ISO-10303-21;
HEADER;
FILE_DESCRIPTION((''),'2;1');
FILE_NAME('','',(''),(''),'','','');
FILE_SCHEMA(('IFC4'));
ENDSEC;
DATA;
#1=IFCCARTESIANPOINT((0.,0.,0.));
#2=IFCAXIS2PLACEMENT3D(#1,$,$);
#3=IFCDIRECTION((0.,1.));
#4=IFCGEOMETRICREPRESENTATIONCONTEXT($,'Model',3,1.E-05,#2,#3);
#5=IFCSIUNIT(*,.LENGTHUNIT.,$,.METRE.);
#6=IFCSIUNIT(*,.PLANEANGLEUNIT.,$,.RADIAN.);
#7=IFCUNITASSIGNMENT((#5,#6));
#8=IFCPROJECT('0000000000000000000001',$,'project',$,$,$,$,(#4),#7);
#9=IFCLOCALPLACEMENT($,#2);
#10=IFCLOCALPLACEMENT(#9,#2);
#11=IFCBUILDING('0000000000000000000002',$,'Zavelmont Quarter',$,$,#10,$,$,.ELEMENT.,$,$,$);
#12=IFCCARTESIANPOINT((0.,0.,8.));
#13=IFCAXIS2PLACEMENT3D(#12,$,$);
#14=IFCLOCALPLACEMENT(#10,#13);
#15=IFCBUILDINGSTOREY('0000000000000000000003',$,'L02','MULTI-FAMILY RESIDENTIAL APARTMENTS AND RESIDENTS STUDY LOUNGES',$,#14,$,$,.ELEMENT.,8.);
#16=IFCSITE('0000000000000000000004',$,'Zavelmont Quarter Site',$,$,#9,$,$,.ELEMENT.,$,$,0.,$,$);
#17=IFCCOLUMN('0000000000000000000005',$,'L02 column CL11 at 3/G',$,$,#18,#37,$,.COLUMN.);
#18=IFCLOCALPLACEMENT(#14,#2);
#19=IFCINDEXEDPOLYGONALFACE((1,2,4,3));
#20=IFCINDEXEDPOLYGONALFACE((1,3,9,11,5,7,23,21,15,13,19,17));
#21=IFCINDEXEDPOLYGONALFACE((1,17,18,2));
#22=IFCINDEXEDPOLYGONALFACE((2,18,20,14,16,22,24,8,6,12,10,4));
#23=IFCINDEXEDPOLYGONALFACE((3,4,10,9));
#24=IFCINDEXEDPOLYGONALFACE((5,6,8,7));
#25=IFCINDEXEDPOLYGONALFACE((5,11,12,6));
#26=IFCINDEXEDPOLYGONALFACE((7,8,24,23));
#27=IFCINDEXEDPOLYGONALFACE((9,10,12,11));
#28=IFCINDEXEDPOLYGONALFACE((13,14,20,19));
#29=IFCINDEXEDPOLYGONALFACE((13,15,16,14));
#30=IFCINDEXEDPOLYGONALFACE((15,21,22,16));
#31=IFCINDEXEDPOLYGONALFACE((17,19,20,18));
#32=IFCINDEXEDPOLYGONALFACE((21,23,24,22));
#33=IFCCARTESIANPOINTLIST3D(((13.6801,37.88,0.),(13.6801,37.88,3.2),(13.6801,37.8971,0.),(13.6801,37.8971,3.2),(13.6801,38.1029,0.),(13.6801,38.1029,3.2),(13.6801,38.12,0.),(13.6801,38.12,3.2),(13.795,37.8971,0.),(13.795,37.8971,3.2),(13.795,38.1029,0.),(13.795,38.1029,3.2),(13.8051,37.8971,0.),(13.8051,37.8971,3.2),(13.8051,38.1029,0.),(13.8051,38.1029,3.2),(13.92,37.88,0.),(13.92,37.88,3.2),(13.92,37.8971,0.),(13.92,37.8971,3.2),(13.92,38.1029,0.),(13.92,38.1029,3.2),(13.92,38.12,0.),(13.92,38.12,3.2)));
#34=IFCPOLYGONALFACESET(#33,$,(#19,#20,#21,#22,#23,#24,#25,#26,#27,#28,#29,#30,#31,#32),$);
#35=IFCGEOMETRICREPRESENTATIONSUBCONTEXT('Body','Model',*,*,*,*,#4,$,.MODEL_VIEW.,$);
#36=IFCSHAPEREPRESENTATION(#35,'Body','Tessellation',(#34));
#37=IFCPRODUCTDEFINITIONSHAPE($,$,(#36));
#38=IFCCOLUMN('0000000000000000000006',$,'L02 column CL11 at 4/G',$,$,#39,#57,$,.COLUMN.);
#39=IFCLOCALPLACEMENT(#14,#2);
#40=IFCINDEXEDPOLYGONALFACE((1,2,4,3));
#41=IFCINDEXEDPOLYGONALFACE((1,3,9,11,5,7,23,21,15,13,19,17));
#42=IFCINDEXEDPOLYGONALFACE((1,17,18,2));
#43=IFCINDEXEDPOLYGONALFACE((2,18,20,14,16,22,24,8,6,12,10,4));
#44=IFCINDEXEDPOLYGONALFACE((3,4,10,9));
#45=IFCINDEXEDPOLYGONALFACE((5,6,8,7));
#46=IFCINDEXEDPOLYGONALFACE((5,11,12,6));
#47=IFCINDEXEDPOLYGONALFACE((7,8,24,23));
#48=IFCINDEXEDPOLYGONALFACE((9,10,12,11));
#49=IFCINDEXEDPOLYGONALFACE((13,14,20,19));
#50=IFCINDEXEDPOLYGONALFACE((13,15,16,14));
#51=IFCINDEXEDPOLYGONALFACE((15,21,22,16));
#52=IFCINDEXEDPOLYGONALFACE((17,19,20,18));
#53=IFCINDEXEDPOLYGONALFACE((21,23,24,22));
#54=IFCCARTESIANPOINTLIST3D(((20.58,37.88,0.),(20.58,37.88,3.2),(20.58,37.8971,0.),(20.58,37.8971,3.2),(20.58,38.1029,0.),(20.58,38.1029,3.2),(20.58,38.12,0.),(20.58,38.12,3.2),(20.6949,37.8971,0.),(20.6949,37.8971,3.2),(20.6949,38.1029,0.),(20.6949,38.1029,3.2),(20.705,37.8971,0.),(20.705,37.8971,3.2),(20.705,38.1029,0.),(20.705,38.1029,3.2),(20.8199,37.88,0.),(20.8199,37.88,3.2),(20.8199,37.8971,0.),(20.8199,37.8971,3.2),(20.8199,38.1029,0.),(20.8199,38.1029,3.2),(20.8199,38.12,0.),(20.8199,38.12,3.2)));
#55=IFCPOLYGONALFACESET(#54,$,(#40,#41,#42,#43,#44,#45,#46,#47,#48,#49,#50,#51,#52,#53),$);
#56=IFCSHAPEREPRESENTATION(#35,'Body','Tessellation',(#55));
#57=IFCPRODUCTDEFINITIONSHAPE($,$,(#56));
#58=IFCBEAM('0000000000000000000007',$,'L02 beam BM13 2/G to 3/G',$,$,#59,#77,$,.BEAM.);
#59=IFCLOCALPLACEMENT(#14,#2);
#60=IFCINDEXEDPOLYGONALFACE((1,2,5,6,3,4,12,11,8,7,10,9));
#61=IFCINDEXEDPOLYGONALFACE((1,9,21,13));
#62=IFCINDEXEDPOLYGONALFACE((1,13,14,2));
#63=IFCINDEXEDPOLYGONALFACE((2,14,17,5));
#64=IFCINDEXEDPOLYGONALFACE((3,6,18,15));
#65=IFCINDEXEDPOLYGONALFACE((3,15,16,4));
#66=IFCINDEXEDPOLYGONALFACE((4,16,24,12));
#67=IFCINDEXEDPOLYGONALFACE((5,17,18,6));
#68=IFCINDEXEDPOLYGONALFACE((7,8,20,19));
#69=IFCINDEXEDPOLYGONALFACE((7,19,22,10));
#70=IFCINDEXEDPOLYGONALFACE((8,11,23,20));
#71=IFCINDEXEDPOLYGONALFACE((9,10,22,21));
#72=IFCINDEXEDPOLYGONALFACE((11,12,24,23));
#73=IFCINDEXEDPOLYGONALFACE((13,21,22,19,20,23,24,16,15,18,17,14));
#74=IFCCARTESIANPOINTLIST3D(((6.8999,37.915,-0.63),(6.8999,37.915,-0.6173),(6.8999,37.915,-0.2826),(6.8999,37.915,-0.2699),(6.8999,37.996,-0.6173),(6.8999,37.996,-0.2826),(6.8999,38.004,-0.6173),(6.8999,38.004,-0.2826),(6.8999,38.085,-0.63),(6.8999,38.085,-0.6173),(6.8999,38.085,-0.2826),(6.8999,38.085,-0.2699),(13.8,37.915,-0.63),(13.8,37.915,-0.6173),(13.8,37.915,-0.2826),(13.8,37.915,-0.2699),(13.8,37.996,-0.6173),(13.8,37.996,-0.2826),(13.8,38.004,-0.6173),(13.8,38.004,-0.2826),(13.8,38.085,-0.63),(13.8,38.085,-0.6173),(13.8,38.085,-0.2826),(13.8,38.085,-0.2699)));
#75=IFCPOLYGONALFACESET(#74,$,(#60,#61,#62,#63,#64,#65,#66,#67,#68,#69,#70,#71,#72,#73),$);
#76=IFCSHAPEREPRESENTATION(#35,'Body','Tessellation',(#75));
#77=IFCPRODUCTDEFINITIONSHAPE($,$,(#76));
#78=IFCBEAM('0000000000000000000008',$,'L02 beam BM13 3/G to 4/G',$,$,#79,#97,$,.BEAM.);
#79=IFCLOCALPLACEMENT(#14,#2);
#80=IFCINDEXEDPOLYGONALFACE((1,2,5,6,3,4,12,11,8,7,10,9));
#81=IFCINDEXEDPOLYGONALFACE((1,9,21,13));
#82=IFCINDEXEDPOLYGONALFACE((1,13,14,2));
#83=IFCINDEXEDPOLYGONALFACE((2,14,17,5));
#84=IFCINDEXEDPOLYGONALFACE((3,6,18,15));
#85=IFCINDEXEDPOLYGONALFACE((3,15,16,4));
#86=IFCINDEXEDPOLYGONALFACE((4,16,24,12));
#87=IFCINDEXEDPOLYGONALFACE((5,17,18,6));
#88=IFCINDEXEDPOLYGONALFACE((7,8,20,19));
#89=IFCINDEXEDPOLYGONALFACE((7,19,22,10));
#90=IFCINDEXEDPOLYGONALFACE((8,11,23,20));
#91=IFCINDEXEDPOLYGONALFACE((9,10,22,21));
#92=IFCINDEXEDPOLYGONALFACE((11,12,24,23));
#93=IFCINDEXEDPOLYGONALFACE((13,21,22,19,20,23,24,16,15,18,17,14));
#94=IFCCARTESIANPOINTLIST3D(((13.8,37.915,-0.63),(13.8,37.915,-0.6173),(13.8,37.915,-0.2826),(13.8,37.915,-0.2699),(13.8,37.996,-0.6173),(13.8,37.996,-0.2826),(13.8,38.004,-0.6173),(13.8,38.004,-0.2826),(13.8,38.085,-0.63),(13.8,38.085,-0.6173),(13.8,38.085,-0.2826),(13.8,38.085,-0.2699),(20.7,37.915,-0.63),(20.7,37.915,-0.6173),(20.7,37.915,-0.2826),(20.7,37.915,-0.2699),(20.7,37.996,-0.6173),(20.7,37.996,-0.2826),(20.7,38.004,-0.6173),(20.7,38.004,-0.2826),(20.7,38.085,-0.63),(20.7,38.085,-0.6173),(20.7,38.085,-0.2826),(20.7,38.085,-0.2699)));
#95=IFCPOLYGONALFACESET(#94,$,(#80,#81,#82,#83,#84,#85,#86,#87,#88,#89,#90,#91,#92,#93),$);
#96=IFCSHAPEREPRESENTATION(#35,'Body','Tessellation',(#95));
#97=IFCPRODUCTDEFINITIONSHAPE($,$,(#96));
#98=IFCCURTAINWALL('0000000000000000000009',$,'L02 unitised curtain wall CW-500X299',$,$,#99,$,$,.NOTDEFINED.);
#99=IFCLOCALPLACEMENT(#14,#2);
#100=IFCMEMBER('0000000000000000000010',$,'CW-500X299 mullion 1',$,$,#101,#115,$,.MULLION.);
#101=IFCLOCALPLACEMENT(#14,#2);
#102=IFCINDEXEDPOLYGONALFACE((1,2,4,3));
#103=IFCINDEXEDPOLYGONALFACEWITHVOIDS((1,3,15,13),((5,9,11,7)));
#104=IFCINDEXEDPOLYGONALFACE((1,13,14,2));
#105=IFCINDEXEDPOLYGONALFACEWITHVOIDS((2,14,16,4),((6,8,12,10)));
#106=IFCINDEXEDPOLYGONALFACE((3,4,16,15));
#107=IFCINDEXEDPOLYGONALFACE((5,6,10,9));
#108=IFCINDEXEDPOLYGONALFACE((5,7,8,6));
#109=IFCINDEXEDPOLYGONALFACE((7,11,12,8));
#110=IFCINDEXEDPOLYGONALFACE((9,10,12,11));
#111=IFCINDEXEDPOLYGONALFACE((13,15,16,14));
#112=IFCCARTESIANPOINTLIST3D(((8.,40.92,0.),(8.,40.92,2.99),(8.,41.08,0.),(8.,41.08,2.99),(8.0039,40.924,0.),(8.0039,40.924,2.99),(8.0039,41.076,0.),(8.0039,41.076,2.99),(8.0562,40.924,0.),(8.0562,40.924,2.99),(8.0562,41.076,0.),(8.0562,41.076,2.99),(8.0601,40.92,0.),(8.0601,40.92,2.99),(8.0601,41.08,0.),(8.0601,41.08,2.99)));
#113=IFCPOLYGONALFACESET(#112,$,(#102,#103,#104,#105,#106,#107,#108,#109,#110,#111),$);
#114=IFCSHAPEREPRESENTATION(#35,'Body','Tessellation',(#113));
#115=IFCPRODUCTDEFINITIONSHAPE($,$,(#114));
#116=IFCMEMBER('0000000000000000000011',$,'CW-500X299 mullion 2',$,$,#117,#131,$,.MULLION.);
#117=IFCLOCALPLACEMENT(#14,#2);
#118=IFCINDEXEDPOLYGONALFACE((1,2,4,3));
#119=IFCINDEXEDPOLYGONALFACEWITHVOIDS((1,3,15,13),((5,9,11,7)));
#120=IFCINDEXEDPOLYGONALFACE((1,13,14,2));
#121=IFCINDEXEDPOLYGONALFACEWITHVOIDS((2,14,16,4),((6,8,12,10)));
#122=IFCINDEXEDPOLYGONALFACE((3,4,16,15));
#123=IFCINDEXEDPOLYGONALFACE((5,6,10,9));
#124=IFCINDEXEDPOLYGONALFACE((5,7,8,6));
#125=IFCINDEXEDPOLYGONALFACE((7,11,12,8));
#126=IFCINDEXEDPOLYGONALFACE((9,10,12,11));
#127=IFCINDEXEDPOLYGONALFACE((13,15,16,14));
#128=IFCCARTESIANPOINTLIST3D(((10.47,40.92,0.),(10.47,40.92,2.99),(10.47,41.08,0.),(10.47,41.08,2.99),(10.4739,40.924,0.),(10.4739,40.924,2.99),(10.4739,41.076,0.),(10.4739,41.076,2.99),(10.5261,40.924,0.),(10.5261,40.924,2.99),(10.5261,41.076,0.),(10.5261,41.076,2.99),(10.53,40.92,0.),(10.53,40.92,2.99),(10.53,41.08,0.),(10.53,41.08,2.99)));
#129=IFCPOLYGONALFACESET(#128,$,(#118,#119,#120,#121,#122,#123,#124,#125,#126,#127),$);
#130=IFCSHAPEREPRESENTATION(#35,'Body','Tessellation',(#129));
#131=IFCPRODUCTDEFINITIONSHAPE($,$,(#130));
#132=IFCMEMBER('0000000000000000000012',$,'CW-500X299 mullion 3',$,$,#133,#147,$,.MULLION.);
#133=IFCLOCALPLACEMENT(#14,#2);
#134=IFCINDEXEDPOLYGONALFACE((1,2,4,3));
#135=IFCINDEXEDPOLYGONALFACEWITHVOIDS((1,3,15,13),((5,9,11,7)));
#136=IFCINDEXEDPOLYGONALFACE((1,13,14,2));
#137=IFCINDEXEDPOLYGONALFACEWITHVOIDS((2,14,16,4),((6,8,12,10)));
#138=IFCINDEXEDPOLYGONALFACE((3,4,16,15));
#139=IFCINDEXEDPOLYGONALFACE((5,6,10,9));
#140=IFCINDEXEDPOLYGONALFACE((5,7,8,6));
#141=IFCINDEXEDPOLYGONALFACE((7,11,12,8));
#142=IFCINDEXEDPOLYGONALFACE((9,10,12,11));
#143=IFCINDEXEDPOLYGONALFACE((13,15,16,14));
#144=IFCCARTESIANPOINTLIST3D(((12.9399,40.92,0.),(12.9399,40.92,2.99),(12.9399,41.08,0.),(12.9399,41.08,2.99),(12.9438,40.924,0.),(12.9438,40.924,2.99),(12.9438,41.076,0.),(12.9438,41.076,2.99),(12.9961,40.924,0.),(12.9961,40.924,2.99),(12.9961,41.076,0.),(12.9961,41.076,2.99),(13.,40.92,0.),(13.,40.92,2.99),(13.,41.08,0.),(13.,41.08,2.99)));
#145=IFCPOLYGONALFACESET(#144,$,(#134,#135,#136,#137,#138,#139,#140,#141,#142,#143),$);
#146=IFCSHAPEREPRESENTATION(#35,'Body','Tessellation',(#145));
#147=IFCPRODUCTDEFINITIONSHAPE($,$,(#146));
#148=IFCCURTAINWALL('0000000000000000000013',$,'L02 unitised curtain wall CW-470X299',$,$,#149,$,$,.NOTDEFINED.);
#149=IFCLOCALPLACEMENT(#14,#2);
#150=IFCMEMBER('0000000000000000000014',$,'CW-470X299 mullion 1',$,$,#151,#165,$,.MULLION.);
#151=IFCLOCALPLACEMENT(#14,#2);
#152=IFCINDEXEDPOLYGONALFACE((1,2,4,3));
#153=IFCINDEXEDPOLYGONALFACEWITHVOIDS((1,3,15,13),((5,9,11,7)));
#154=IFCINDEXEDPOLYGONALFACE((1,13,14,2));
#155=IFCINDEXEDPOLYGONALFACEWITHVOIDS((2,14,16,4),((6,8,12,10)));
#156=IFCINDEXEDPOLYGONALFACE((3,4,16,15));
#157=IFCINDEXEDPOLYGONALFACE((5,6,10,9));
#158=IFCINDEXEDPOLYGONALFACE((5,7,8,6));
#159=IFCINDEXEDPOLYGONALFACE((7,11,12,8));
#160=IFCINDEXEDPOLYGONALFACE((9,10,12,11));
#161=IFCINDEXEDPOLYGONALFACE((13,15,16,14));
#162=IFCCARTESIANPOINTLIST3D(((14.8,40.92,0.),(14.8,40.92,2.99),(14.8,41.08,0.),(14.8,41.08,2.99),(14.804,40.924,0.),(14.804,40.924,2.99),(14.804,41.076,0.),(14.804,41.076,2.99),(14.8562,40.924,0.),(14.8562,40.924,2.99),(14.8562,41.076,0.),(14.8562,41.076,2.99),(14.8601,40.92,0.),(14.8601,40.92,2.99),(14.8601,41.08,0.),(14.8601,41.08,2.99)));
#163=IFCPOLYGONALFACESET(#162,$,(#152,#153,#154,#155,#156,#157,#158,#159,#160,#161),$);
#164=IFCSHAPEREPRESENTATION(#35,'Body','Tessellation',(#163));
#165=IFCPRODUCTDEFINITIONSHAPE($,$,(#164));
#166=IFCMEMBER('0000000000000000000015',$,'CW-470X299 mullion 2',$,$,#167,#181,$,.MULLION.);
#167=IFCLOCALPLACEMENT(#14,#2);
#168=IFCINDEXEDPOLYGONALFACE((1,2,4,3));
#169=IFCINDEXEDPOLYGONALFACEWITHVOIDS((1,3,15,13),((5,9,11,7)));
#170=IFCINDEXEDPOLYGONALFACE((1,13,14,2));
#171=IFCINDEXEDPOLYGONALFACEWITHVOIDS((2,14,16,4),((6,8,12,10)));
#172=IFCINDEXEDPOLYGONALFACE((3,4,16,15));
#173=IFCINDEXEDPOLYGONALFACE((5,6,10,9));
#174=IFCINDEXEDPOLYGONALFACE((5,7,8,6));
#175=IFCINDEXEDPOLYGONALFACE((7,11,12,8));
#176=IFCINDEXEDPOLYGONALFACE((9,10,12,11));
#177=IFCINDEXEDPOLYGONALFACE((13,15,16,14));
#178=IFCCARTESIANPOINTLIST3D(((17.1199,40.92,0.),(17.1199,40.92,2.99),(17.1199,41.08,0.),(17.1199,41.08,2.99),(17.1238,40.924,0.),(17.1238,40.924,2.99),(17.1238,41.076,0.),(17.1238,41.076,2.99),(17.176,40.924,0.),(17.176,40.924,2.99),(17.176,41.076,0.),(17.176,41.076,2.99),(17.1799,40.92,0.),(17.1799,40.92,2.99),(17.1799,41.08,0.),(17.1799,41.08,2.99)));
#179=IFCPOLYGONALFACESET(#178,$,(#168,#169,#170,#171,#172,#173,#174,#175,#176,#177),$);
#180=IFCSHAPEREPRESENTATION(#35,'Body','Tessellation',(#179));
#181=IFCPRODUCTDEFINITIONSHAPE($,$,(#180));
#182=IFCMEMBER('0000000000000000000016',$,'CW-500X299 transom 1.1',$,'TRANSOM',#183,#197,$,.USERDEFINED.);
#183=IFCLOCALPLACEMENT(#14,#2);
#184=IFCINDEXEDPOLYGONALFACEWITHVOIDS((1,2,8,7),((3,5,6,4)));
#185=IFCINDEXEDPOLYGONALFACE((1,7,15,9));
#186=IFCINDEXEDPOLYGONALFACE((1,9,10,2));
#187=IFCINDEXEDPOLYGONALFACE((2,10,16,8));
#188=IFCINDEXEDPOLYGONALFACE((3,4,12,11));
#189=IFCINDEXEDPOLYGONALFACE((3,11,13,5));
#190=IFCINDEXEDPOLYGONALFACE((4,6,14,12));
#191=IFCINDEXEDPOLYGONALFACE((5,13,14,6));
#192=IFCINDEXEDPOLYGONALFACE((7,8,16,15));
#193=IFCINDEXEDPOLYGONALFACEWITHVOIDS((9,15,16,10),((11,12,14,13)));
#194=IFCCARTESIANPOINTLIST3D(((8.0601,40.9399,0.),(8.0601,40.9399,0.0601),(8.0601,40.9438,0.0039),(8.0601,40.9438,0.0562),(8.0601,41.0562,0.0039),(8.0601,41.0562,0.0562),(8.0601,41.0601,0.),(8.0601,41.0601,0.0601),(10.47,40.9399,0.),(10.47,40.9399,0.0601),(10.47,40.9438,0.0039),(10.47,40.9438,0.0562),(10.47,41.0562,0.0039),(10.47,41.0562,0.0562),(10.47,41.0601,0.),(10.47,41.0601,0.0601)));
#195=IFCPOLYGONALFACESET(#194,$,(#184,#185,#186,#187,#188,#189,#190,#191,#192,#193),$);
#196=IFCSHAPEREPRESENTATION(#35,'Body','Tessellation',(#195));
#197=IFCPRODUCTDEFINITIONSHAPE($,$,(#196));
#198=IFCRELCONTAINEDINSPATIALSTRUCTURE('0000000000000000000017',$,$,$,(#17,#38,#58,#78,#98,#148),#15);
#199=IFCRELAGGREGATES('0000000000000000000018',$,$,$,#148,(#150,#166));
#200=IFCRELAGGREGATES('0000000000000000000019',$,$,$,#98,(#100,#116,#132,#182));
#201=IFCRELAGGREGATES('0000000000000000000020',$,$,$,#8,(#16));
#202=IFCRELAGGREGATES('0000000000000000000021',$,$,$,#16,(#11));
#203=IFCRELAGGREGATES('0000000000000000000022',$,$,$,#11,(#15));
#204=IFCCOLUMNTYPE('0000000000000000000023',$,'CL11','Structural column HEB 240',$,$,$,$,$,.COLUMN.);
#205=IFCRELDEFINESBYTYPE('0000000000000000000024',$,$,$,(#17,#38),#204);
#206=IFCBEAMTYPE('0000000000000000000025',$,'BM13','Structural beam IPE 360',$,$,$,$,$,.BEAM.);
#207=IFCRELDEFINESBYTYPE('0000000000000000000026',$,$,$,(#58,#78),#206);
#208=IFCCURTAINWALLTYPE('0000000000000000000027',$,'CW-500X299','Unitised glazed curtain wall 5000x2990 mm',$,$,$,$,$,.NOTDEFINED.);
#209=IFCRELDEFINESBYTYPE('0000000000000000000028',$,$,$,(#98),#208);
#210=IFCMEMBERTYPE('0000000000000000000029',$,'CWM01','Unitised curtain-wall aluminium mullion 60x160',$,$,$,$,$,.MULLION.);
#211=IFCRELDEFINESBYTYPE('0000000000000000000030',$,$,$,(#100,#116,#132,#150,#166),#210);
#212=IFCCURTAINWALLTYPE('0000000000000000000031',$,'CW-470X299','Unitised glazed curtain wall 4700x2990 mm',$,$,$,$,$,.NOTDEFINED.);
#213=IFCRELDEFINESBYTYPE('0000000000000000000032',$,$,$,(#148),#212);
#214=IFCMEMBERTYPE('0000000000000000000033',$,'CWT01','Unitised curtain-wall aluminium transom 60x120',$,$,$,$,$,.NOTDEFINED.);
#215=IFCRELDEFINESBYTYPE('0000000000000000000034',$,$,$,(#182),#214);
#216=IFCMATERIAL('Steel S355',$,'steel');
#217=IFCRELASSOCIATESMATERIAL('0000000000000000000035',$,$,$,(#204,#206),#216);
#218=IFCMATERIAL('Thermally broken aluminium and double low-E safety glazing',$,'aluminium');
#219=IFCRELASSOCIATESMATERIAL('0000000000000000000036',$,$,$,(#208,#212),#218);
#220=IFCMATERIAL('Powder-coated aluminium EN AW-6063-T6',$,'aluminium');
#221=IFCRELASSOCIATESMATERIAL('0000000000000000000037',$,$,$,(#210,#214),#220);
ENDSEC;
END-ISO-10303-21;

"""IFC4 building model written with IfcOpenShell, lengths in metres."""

from ifc_helpers import new_model, si_unit, direction, frame, origin, origin_2d, place, context, subcontext, project, spatial, hollow_rectangle, i_section, extrude, material, material_profile, profile_set, type_object, element, aggregate, save


model = new_model("IFC4")

# Units and contexts
model_context = context("Model", 3, precision=1e-05, world=origin(), true_north=direction((0.0, 1.0)))
body_context = subcontext(model_context, "Body", "Model", "MODEL_VIEW")
ifc_project = project(units=[si_unit("LENGTHUNIT", "METRE"), si_unit("PLANEANGLEUNIT", "RADIAN")], contexts=[model_context])

# Site, building, storey
site_placement = place(None, origin())
site = spatial("IfcSite", under=ifc_project, at=site_placement, Name="Zavelmont Quarter Site", CompositionType="ELEMENT", RefElevation=0.0)
building_placement = place(site_placement, origin())
building = spatial("IfcBuilding", under=site, at=building_placement, Name="Zavelmont Quarter", CompositionType="ELEMENT")
storey_placement = place(building_placement, frame((0.0, 0.0, 8.0)))
storey = spatial("IfcBuildingStorey", under=building, at=storey_placement, Name="L02", Description="MULTI-FAMILY RESIDENTIAL APARTMENTS AND RESIDENTS STUDY LOUNGES", CompositionType="ELEMENT", Elevation=8.0)

# Columns
ifc_material_1 = material(Name="Steel S355", Category="steel")
ifc_material_profile_1 = material_profile(ifc_material_1, i_section(OverallWidth=0.24, OverallDepth=0.24, WebThickness=0.01, FlangeThickness=0.0171, at=origin_2d()), Name="HEB 240")
ifc_profile_set_1 = profile_set([ifc_material_profile_1], Name="Steel S355")
column_type = type_object("IfcColumnType", Name="CL11", Description="Structural column HEB 240", PredefinedType="COLUMN", material=ifc_profile_set_1)
for number, where, z_axis, x_axis, name in (
    (1, (13.8, 38.0, 0.0), (0.0, 0.0, 1.0), (1.0, 0.0, 0.0), "L02 column CL11 at 3/G"),
    (2, (20.7, 38.0, 0.0), (0.0, 0.0, 1.0), (1.0, 0.0, 0.0), "L02 column CL11 at 4/G"),
):
    element("IfcColumn", number, at=place(storey_placement, frame(where, z_axis=z_axis, x_axis=x_axis)), inside=storey, type_object=column_type, Name=name, PredefinedType="COLUMN", context=body_context, shape_type="SweptSolid", body=[
        extrude(i_section(OverallWidth=0.24, OverallDepth=0.24, WebThickness=0.01, FlangeThickness=0.0171, at=origin_2d()), origin(), (0.0, 0.0, 1.0), 3.2),
    ])

# Beams
ifc_material_profile_2 = material_profile(ifc_material_1, i_section(OverallWidth=0.1699, OverallDepth=0.3601, WebThickness=0.0081, FlangeThickness=0.0127, at=origin_2d()), Name="IPE 360")
ifc_profile_set_2 = profile_set([ifc_material_profile_2], Name="Steel S355")
beam_type = type_object("IfcBeamType", Name="BM13", Description="Structural beam IPE 360", PredefinedType="BEAM", material=ifc_profile_set_2)
beam_1_placement = place(storey_placement, frame((6.8999, 38.0, -0.45), z_axis=(1.0, 0.0, 0.0), x_axis=(0.0, 1.0, 0.0)))
element("IfcBeam", 3, at=beam_1_placement, inside=storey, type_object=beam_type, Name="L02 beam BM13 2/G to 3/G", PredefinedType="BEAM", context=body_context, shape_type="SweptSolid", body=[
    extrude(i_section(OverallWidth=0.1699, OverallDepth=0.3601, WebThickness=0.0081, FlangeThickness=0.0127, at=origin_2d()), origin(), (0.0, 0.0, 1.0), 6.9001),
])
beam_2_placement = place(storey_placement, frame((13.8, 38.0, -0.45), z_axis=(1.0, 0.0, 0.0), x_axis=(0.0, 1.0, 0.0)))
element("IfcBeam", 4, at=beam_2_placement, inside=storey, type_object=beam_type, Name="L02 beam BM13 3/G to 4/G", PredefinedType="BEAM", context=body_context, shape_type="SweptSolid", body=[
    extrude(i_section(OverallWidth=0.1699, OverallDepth=0.3601, WebThickness=0.0081, FlangeThickness=0.0127, at=origin_2d()), origin(), (0.0, 0.0, 1.0), 6.8999),
])

# Curtain walls, members
ifc_material_2 = material(Name="Thermally broken aluminium and double low-E safety glazing", Category="aluminium")
curtain_wall_type_1 = type_object("IfcCurtainWallType", Name="CW-500X299", Description="Unitised glazed curtain wall 5000x2990 mm", PredefinedType="NOTDEFINED", material=ifc_material_2)
curtain_wall_1_placement = place(storey_placement, origin())
curtain_wall_1 = element("IfcCurtainWall", 5, at=curtain_wall_1_placement, inside=storey, type_object=curtain_wall_type_1, Name="L02 unitised curtain wall CW-500X299", PredefinedType="NOTDEFINED")
ifc_material_3 = material(Name="Powder-coated aluminium EN AW-6063-T6", Category="aluminium")
ifc_material_profile_3 = material_profile(ifc_material_3, hollow_rectangle(XDim=0.0601, YDim=0.1599, WallThickness=0.0039, at=origin_2d()), Name="CWM60X160")
ifc_profile_set_3 = profile_set([ifc_material_profile_3], Name="Powder-coated aluminium EN AW-6063-T6")
member_type_1 = type_object("IfcMemberType", Name="CWM01", Description="Unitised curtain-wall aluminium mullion 60x160", PredefinedType="MULLION", material=ifc_profile_set_3)
member_1_placement = place(storey_placement, frame((8.03, 41.0, 0.0), z_axis=(0.0, 0.0, 1.0), x_axis=(1.0, 0.0, 0.0)))
member_1 = element("IfcMember", 6, at=member_1_placement, type_object=member_type_1, Name="CW-500X299 mullion 1", PredefinedType="MULLION", context=body_context, shape_type="SweptSolid", body=[
    extrude(hollow_rectangle(XDim=0.0601, YDim=0.1599, WallThickness=0.0039, at=origin_2d()), origin(), (0.0, 0.0, 1.0), 2.99),
])
member_2_placement = place(storey_placement, frame((10.5, 41.0, 0.0), z_axis=(0.0, 0.0, 1.0), x_axis=(1.0, 0.0, 0.0)))
member_2 = element("IfcMember", 7, at=member_2_placement, type_object=member_type_1, Name="CW-500X299 mullion 2", PredefinedType="MULLION", context=body_context, shape_type="SweptSolid", body=[
    extrude(hollow_rectangle(XDim=0.0601, YDim=0.1599, WallThickness=0.0039, at=origin_2d()), origin(), (0.0, 0.0, 1.0), 2.99),
])
member_3_placement = place(storey_placement, frame((12.97, 41.0, 0.0), z_axis=(0.0, 0.0, 1.0), x_axis=(1.0, 0.0, 0.0)))
member_3 = element("IfcMember", 8, at=member_3_placement, type_object=member_type_1, Name="CW-500X299 mullion 3", PredefinedType="MULLION", context=body_context, shape_type="SweptSolid", body=[
    extrude(hollow_rectangle(XDim=0.0601, YDim=0.1599, WallThickness=0.0039, at=origin_2d()), origin(), (0.0, 0.0, 1.0), 2.99),
])
curtain_wall_type_2 = type_object("IfcCurtainWallType", Name="CW-470X299", Description="Unitised glazed curtain wall 4700x2990 mm", PredefinedType="NOTDEFINED", material=ifc_material_2)
curtain_wall_2_placement = place(storey_placement, origin())
curtain_wall_2 = element("IfcCurtainWall", 9, at=curtain_wall_2_placement, inside=storey, type_object=curtain_wall_type_2, Name="L02 unitised curtain wall CW-470X299", PredefinedType="NOTDEFINED")
member_4_placement = place(storey_placement, frame((14.8301, 41.0, 0.0), z_axis=(0.0, 0.0, 1.0), x_axis=(1.0, 0.0, 0.0)))
member_4 = element("IfcMember", 10, at=member_4_placement, type_object=member_type_1, Name="CW-470X299 mullion 1", PredefinedType="MULLION", context=body_context, shape_type="SweptSolid", body=[
    extrude(hollow_rectangle(XDim=0.0601, YDim=0.1599, WallThickness=0.0039, at=origin_2d()), origin(), (0.0, 0.0, 1.0), 2.99),
])
member_5_placement = place(storey_placement, frame((17.1499, 41.0, 0.0), z_axis=(0.0, 0.0, 1.0), x_axis=(1.0, 0.0, 0.0)))
member_5 = element("IfcMember", 11, at=member_5_placement, type_object=member_type_1, Name="CW-470X299 mullion 2", PredefinedType="MULLION", context=body_context, shape_type="SweptSolid", body=[
    extrude(hollow_rectangle(XDim=0.0601, YDim=0.1599, WallThickness=0.0039, at=origin_2d()), origin(), (0.0, 0.0, 1.0), 2.99),
])

# Member
ifc_material_profile_4 = material_profile(ifc_material_3, hollow_rectangle(XDim=0.1201, YDim=0.0601, WallThickness=0.0039, at=origin_2d()), Name="CWT60X120")
ifc_profile_set_4 = profile_set([ifc_material_profile_4], Name="Powder-coated aluminium EN AW-6063-T6")
member_type_2 = type_object("IfcMemberType", Name="CWT01", Description="Unitised curtain-wall aluminium transom 60x120", PredefinedType="NOTDEFINED", material=ifc_profile_set_4)
member_6_placement = place(storey_placement, frame((8.0601, 41.0, 0.03), z_axis=(1.0, 0.0, 0.0), x_axis=(0.0, 1.0, 0.0)))
member_6 = element("IfcMember", 12, at=member_6_placement, type_object=member_type_2, Name="CW-500X299 transom 1.1", ObjectType="TRANSOM", PredefinedType="USERDEFINED", context=body_context, shape_type="SweptSolid", body=[
    extrude(hollow_rectangle(XDim=0.1201, YDim=0.0601, WallThickness=0.0039, at=origin_2d()), origin(), (0.0, 0.0, 1.0), 2.4099),
])

aggregate(curtain_wall_2, [member_4, member_5])
aggregate(curtain_wall_1, [member_1, member_2, member_3, member_6])

save(model, "model.ifc")
